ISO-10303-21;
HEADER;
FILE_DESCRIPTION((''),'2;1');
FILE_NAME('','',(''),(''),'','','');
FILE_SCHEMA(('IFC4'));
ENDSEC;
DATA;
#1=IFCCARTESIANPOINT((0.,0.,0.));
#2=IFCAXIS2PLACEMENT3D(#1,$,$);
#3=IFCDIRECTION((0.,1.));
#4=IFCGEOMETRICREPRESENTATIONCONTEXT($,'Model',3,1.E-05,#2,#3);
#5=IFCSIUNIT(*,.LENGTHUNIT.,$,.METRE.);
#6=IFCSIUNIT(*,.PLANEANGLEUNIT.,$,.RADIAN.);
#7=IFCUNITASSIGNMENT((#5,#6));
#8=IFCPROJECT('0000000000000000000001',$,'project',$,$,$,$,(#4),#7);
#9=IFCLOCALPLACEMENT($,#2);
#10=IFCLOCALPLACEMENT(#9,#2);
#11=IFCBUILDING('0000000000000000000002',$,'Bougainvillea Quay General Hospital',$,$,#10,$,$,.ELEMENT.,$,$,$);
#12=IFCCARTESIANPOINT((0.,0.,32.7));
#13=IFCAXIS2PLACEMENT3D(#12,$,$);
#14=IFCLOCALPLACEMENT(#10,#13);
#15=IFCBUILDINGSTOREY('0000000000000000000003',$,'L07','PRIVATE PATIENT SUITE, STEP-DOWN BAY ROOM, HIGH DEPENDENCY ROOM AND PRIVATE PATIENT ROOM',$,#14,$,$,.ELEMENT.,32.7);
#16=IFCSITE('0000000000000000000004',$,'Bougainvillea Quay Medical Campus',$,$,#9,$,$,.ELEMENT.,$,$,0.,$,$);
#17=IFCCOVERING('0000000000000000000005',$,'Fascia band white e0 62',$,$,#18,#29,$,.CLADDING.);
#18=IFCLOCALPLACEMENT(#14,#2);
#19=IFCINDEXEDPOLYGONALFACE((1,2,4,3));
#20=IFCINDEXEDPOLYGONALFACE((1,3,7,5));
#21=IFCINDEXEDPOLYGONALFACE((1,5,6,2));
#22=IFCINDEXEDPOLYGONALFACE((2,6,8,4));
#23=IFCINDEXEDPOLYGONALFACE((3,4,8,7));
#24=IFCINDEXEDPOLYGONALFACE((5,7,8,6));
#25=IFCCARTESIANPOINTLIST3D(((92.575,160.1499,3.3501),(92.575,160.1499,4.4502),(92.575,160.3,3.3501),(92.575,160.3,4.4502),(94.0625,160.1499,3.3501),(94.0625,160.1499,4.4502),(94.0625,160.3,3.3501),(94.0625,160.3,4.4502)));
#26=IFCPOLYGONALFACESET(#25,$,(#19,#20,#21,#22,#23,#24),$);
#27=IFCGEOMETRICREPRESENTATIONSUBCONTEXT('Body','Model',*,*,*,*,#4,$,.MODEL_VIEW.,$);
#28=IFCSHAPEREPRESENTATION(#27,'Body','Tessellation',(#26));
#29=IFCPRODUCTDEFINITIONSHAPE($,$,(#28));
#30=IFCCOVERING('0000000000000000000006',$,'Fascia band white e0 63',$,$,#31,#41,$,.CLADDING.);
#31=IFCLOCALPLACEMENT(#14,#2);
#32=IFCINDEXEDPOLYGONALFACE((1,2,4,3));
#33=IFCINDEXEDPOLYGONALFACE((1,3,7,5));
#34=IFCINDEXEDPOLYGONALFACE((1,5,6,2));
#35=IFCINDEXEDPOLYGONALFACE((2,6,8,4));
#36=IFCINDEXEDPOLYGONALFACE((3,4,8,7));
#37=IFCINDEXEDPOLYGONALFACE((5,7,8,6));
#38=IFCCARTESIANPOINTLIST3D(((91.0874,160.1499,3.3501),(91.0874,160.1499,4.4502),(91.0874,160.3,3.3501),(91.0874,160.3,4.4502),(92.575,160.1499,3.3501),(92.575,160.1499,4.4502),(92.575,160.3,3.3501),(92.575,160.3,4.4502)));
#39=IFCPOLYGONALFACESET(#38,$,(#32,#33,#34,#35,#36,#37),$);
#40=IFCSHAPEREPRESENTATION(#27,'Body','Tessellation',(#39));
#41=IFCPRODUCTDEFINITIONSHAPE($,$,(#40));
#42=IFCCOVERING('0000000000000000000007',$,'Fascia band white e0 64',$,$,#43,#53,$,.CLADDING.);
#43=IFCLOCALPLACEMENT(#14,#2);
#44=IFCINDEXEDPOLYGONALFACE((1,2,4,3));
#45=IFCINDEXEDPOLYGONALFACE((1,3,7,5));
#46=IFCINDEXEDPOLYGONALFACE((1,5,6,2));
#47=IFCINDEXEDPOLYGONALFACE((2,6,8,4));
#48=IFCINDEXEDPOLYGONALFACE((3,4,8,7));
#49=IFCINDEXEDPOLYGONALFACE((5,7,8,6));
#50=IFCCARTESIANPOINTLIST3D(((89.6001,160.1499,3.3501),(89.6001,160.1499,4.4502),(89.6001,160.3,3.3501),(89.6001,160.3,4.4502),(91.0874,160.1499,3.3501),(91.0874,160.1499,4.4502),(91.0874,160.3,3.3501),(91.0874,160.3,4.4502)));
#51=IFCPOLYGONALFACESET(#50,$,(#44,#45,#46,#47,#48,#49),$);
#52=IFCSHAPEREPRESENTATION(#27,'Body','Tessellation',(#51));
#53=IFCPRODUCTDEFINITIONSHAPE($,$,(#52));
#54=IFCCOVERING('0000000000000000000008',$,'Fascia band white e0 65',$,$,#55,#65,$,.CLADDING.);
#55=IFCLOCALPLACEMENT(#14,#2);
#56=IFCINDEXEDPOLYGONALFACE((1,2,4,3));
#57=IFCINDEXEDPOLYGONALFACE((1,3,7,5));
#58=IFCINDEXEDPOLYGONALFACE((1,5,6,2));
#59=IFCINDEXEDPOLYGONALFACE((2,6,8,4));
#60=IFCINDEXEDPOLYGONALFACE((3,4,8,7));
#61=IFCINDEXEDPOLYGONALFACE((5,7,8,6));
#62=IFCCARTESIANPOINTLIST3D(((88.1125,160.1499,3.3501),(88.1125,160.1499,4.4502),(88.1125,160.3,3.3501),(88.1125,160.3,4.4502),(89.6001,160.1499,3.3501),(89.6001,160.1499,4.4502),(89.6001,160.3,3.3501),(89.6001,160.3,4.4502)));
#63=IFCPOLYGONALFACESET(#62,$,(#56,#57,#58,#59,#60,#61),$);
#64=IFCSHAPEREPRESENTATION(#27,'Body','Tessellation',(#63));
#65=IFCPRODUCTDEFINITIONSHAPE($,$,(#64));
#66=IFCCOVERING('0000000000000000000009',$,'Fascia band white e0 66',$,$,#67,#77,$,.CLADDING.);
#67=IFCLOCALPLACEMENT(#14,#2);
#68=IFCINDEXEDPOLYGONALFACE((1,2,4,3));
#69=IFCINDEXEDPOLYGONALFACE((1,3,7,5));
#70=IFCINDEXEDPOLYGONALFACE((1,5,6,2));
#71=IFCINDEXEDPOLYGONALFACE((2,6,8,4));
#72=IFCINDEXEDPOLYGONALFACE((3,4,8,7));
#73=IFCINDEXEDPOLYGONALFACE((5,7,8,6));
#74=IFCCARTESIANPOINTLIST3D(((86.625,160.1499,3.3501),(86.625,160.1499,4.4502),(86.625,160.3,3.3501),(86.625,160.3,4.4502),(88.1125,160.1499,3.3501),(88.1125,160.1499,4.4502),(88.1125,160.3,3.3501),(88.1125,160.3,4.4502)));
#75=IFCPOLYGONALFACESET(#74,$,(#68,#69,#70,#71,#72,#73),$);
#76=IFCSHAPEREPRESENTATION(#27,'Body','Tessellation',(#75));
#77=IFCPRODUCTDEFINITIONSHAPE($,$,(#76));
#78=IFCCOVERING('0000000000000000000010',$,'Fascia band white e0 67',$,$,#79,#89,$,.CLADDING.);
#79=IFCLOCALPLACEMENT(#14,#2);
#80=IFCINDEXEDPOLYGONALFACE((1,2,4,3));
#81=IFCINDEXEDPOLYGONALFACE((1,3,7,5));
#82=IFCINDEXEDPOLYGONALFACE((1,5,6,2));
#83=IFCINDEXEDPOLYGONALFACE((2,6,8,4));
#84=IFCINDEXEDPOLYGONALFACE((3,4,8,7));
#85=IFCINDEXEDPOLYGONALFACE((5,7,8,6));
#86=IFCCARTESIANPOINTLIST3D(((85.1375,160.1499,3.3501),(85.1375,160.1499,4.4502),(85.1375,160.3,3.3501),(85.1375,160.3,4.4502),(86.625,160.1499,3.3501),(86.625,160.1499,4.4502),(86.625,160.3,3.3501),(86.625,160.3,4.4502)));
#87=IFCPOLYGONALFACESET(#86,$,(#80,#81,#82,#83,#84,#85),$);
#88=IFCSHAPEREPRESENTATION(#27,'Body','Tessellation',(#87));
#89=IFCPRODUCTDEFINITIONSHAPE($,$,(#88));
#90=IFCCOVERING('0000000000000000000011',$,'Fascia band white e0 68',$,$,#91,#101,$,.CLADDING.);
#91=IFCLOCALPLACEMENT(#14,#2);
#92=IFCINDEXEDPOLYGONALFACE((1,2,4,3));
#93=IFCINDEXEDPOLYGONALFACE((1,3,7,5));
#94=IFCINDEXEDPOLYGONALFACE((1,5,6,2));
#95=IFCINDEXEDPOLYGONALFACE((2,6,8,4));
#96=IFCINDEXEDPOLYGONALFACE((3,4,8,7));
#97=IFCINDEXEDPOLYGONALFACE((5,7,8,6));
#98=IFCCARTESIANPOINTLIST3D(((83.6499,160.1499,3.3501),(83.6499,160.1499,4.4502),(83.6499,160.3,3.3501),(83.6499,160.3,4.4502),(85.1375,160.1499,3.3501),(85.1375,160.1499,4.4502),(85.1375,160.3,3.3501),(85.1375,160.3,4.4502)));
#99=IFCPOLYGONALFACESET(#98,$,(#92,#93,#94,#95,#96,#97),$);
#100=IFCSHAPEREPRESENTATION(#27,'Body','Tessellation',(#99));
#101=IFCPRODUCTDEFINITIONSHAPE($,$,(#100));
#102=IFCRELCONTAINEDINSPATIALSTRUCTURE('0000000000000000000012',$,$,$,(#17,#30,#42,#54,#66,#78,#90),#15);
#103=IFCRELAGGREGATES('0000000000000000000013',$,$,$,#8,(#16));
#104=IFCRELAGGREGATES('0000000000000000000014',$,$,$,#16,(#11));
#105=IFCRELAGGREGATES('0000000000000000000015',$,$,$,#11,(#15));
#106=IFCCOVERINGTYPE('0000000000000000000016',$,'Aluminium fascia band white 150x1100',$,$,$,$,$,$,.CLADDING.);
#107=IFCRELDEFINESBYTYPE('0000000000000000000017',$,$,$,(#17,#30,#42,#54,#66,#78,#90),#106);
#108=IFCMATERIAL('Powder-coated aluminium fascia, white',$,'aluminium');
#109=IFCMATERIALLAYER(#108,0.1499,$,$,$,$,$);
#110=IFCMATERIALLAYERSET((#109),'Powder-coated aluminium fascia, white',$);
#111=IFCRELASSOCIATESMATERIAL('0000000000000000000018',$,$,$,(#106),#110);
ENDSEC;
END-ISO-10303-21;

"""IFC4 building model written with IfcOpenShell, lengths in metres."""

from ifc_helpers import new_model, si_unit, direction, frame, origin, place, context, subcontext, project, spatial, polyline, outline, extrude, material, layer, layer_set, type_object, element, save


model = new_model("IFC4")

# Units and contexts
model_context = context("Model", 3, precision=1e-05, world=origin(), true_north=direction((0.0, 1.0)))
body_context = subcontext(model_context, "Body", "Model", "MODEL_VIEW")
ifc_project = project(units=[si_unit("LENGTHUNIT", "METRE"), si_unit("PLANEANGLEUNIT", "RADIAN")], contexts=[model_context])

# Site, building, storey
site_placement = place(None, origin())
site = spatial("IfcSite", under=ifc_project, at=site_placement, Name="Bougainvillea Quay Medical Campus", CompositionType="ELEMENT", RefElevation=0.0)
building_placement = place(site_placement, origin())
building = spatial("IfcBuilding", under=site, at=building_placement, Name="Bougainvillea Quay General Hospital", CompositionType="ELEMENT")
storey_placement = place(building_placement, frame((0.0, 0.0, 32.7)))
storey = spatial("IfcBuildingStorey", under=building, at=storey_placement, Name="L07", Description="PRIVATE PATIENT SUITE, STEP-DOWN BAY ROOM, HIGH DEPENDENCY ROOM AND PRIVATE PATIENT ROOM", CompositionType="ELEMENT", Elevation=32.7)

# Coverings
ifc_material_1 = material(Name="Powder-coated aluminium fascia, white", Category="aluminium")
ifc_layer_1 = layer(ifc_material_1, 0.1499)
ifc_layer_set_1 = layer_set([ifc_layer_1], Name="Powder-coated aluminium fascia, white")
covering_type = type_object("IfcCoveringType", Name="Aluminium fascia band white 150x1100", PredefinedType="CLADDING", material=ifc_layer_set_1)
for number, where, z_axis, x_axis, name in (
    (1, (94.0625, 160.1499, 3.3501), (0.0, 0.0, 1.0), (-1.0, 0.0, 0.0), "Fascia band white e0 62"),
    (2, (92.575, 160.1499, 3.3501), (0.0, 0.0, 1.0), (-1.0, 0.0, 0.0), "Fascia band white e0 63"),
):
    element("IfcCovering", number, at=place(storey_placement, frame(where, z_axis=z_axis, x_axis=x_axis)), inside=storey, type_object=covering_type, Name=name, PredefinedType="CLADDING", context=body_context, shape_type="SweptSolid", body=[
        extrude(outline(polyline([(0.0, 0.0), (1.4875, 0.0), (1.4875, -0.1501), (0.0, -0.1501), (0.0, 0.0)])), origin(), (0.0, 0.0, 1.0), 1.1001),
    ])
covering_placement = place(storey_placement, frame((91.0874, 160.1499, 3.3501), z_axis=(0.0, 0.0, 1.0), x_axis=(-1.0, 0.0, 0.0)))
element("IfcCovering", 3, at=covering_placement, inside=storey, type_object=covering_type, Name="Fascia band white e0 64", PredefinedType="CLADDING", context=body_context, shape_type="SweptSolid", body=[
    extrude(outline(polyline([(0.0, 0.0), (1.4873, 0.0), (1.4873, -0.1501), (0.0, -0.1501), (0.0, 0.0)])), origin(), (0.0, 0.0, 1.0), 1.1001),
])
for number, where, z_axis, x_axis, name in (
    (4, (89.6001, 160.1499, 3.3501), (0.0, 0.0, 1.0), (-1.0, 0.0, 0.0), "Fascia band white e0 65"),
    (5, (88.1125, 160.1499, 3.3501), (0.0, 0.0, 1.0), (-1.0, 0.0, 0.0), "Fascia band white e0 66"),
    (6, (86.625, 160.1499, 3.3501), (0.0, 0.0, 1.0), (-1.0, 0.0, 0.0), "Fascia band white e0 67"),
    (7, (85.1375, 160.1499, 3.3501), (0.0, 0.0, 1.0), (-1.0, 0.0, 0.0), "Fascia band white e0 68"),
):
    element("IfcCovering", number, at=place(storey_placement, frame(where, z_axis=z_axis, x_axis=x_axis)), inside=storey, type_object=covering_type, Name=name, PredefinedType="CLADDING", context=body_context, shape_type="SweptSolid", body=[
        extrude(outline(polyline([(0.0, 0.0), (1.4875, 0.0), (1.4875, -0.1501), (0.0, -0.1501), (0.0, 0.0)])), origin(), (0.0, 0.0, 1.0), 1.1001),
    ])

save(model, "model.ifc")
